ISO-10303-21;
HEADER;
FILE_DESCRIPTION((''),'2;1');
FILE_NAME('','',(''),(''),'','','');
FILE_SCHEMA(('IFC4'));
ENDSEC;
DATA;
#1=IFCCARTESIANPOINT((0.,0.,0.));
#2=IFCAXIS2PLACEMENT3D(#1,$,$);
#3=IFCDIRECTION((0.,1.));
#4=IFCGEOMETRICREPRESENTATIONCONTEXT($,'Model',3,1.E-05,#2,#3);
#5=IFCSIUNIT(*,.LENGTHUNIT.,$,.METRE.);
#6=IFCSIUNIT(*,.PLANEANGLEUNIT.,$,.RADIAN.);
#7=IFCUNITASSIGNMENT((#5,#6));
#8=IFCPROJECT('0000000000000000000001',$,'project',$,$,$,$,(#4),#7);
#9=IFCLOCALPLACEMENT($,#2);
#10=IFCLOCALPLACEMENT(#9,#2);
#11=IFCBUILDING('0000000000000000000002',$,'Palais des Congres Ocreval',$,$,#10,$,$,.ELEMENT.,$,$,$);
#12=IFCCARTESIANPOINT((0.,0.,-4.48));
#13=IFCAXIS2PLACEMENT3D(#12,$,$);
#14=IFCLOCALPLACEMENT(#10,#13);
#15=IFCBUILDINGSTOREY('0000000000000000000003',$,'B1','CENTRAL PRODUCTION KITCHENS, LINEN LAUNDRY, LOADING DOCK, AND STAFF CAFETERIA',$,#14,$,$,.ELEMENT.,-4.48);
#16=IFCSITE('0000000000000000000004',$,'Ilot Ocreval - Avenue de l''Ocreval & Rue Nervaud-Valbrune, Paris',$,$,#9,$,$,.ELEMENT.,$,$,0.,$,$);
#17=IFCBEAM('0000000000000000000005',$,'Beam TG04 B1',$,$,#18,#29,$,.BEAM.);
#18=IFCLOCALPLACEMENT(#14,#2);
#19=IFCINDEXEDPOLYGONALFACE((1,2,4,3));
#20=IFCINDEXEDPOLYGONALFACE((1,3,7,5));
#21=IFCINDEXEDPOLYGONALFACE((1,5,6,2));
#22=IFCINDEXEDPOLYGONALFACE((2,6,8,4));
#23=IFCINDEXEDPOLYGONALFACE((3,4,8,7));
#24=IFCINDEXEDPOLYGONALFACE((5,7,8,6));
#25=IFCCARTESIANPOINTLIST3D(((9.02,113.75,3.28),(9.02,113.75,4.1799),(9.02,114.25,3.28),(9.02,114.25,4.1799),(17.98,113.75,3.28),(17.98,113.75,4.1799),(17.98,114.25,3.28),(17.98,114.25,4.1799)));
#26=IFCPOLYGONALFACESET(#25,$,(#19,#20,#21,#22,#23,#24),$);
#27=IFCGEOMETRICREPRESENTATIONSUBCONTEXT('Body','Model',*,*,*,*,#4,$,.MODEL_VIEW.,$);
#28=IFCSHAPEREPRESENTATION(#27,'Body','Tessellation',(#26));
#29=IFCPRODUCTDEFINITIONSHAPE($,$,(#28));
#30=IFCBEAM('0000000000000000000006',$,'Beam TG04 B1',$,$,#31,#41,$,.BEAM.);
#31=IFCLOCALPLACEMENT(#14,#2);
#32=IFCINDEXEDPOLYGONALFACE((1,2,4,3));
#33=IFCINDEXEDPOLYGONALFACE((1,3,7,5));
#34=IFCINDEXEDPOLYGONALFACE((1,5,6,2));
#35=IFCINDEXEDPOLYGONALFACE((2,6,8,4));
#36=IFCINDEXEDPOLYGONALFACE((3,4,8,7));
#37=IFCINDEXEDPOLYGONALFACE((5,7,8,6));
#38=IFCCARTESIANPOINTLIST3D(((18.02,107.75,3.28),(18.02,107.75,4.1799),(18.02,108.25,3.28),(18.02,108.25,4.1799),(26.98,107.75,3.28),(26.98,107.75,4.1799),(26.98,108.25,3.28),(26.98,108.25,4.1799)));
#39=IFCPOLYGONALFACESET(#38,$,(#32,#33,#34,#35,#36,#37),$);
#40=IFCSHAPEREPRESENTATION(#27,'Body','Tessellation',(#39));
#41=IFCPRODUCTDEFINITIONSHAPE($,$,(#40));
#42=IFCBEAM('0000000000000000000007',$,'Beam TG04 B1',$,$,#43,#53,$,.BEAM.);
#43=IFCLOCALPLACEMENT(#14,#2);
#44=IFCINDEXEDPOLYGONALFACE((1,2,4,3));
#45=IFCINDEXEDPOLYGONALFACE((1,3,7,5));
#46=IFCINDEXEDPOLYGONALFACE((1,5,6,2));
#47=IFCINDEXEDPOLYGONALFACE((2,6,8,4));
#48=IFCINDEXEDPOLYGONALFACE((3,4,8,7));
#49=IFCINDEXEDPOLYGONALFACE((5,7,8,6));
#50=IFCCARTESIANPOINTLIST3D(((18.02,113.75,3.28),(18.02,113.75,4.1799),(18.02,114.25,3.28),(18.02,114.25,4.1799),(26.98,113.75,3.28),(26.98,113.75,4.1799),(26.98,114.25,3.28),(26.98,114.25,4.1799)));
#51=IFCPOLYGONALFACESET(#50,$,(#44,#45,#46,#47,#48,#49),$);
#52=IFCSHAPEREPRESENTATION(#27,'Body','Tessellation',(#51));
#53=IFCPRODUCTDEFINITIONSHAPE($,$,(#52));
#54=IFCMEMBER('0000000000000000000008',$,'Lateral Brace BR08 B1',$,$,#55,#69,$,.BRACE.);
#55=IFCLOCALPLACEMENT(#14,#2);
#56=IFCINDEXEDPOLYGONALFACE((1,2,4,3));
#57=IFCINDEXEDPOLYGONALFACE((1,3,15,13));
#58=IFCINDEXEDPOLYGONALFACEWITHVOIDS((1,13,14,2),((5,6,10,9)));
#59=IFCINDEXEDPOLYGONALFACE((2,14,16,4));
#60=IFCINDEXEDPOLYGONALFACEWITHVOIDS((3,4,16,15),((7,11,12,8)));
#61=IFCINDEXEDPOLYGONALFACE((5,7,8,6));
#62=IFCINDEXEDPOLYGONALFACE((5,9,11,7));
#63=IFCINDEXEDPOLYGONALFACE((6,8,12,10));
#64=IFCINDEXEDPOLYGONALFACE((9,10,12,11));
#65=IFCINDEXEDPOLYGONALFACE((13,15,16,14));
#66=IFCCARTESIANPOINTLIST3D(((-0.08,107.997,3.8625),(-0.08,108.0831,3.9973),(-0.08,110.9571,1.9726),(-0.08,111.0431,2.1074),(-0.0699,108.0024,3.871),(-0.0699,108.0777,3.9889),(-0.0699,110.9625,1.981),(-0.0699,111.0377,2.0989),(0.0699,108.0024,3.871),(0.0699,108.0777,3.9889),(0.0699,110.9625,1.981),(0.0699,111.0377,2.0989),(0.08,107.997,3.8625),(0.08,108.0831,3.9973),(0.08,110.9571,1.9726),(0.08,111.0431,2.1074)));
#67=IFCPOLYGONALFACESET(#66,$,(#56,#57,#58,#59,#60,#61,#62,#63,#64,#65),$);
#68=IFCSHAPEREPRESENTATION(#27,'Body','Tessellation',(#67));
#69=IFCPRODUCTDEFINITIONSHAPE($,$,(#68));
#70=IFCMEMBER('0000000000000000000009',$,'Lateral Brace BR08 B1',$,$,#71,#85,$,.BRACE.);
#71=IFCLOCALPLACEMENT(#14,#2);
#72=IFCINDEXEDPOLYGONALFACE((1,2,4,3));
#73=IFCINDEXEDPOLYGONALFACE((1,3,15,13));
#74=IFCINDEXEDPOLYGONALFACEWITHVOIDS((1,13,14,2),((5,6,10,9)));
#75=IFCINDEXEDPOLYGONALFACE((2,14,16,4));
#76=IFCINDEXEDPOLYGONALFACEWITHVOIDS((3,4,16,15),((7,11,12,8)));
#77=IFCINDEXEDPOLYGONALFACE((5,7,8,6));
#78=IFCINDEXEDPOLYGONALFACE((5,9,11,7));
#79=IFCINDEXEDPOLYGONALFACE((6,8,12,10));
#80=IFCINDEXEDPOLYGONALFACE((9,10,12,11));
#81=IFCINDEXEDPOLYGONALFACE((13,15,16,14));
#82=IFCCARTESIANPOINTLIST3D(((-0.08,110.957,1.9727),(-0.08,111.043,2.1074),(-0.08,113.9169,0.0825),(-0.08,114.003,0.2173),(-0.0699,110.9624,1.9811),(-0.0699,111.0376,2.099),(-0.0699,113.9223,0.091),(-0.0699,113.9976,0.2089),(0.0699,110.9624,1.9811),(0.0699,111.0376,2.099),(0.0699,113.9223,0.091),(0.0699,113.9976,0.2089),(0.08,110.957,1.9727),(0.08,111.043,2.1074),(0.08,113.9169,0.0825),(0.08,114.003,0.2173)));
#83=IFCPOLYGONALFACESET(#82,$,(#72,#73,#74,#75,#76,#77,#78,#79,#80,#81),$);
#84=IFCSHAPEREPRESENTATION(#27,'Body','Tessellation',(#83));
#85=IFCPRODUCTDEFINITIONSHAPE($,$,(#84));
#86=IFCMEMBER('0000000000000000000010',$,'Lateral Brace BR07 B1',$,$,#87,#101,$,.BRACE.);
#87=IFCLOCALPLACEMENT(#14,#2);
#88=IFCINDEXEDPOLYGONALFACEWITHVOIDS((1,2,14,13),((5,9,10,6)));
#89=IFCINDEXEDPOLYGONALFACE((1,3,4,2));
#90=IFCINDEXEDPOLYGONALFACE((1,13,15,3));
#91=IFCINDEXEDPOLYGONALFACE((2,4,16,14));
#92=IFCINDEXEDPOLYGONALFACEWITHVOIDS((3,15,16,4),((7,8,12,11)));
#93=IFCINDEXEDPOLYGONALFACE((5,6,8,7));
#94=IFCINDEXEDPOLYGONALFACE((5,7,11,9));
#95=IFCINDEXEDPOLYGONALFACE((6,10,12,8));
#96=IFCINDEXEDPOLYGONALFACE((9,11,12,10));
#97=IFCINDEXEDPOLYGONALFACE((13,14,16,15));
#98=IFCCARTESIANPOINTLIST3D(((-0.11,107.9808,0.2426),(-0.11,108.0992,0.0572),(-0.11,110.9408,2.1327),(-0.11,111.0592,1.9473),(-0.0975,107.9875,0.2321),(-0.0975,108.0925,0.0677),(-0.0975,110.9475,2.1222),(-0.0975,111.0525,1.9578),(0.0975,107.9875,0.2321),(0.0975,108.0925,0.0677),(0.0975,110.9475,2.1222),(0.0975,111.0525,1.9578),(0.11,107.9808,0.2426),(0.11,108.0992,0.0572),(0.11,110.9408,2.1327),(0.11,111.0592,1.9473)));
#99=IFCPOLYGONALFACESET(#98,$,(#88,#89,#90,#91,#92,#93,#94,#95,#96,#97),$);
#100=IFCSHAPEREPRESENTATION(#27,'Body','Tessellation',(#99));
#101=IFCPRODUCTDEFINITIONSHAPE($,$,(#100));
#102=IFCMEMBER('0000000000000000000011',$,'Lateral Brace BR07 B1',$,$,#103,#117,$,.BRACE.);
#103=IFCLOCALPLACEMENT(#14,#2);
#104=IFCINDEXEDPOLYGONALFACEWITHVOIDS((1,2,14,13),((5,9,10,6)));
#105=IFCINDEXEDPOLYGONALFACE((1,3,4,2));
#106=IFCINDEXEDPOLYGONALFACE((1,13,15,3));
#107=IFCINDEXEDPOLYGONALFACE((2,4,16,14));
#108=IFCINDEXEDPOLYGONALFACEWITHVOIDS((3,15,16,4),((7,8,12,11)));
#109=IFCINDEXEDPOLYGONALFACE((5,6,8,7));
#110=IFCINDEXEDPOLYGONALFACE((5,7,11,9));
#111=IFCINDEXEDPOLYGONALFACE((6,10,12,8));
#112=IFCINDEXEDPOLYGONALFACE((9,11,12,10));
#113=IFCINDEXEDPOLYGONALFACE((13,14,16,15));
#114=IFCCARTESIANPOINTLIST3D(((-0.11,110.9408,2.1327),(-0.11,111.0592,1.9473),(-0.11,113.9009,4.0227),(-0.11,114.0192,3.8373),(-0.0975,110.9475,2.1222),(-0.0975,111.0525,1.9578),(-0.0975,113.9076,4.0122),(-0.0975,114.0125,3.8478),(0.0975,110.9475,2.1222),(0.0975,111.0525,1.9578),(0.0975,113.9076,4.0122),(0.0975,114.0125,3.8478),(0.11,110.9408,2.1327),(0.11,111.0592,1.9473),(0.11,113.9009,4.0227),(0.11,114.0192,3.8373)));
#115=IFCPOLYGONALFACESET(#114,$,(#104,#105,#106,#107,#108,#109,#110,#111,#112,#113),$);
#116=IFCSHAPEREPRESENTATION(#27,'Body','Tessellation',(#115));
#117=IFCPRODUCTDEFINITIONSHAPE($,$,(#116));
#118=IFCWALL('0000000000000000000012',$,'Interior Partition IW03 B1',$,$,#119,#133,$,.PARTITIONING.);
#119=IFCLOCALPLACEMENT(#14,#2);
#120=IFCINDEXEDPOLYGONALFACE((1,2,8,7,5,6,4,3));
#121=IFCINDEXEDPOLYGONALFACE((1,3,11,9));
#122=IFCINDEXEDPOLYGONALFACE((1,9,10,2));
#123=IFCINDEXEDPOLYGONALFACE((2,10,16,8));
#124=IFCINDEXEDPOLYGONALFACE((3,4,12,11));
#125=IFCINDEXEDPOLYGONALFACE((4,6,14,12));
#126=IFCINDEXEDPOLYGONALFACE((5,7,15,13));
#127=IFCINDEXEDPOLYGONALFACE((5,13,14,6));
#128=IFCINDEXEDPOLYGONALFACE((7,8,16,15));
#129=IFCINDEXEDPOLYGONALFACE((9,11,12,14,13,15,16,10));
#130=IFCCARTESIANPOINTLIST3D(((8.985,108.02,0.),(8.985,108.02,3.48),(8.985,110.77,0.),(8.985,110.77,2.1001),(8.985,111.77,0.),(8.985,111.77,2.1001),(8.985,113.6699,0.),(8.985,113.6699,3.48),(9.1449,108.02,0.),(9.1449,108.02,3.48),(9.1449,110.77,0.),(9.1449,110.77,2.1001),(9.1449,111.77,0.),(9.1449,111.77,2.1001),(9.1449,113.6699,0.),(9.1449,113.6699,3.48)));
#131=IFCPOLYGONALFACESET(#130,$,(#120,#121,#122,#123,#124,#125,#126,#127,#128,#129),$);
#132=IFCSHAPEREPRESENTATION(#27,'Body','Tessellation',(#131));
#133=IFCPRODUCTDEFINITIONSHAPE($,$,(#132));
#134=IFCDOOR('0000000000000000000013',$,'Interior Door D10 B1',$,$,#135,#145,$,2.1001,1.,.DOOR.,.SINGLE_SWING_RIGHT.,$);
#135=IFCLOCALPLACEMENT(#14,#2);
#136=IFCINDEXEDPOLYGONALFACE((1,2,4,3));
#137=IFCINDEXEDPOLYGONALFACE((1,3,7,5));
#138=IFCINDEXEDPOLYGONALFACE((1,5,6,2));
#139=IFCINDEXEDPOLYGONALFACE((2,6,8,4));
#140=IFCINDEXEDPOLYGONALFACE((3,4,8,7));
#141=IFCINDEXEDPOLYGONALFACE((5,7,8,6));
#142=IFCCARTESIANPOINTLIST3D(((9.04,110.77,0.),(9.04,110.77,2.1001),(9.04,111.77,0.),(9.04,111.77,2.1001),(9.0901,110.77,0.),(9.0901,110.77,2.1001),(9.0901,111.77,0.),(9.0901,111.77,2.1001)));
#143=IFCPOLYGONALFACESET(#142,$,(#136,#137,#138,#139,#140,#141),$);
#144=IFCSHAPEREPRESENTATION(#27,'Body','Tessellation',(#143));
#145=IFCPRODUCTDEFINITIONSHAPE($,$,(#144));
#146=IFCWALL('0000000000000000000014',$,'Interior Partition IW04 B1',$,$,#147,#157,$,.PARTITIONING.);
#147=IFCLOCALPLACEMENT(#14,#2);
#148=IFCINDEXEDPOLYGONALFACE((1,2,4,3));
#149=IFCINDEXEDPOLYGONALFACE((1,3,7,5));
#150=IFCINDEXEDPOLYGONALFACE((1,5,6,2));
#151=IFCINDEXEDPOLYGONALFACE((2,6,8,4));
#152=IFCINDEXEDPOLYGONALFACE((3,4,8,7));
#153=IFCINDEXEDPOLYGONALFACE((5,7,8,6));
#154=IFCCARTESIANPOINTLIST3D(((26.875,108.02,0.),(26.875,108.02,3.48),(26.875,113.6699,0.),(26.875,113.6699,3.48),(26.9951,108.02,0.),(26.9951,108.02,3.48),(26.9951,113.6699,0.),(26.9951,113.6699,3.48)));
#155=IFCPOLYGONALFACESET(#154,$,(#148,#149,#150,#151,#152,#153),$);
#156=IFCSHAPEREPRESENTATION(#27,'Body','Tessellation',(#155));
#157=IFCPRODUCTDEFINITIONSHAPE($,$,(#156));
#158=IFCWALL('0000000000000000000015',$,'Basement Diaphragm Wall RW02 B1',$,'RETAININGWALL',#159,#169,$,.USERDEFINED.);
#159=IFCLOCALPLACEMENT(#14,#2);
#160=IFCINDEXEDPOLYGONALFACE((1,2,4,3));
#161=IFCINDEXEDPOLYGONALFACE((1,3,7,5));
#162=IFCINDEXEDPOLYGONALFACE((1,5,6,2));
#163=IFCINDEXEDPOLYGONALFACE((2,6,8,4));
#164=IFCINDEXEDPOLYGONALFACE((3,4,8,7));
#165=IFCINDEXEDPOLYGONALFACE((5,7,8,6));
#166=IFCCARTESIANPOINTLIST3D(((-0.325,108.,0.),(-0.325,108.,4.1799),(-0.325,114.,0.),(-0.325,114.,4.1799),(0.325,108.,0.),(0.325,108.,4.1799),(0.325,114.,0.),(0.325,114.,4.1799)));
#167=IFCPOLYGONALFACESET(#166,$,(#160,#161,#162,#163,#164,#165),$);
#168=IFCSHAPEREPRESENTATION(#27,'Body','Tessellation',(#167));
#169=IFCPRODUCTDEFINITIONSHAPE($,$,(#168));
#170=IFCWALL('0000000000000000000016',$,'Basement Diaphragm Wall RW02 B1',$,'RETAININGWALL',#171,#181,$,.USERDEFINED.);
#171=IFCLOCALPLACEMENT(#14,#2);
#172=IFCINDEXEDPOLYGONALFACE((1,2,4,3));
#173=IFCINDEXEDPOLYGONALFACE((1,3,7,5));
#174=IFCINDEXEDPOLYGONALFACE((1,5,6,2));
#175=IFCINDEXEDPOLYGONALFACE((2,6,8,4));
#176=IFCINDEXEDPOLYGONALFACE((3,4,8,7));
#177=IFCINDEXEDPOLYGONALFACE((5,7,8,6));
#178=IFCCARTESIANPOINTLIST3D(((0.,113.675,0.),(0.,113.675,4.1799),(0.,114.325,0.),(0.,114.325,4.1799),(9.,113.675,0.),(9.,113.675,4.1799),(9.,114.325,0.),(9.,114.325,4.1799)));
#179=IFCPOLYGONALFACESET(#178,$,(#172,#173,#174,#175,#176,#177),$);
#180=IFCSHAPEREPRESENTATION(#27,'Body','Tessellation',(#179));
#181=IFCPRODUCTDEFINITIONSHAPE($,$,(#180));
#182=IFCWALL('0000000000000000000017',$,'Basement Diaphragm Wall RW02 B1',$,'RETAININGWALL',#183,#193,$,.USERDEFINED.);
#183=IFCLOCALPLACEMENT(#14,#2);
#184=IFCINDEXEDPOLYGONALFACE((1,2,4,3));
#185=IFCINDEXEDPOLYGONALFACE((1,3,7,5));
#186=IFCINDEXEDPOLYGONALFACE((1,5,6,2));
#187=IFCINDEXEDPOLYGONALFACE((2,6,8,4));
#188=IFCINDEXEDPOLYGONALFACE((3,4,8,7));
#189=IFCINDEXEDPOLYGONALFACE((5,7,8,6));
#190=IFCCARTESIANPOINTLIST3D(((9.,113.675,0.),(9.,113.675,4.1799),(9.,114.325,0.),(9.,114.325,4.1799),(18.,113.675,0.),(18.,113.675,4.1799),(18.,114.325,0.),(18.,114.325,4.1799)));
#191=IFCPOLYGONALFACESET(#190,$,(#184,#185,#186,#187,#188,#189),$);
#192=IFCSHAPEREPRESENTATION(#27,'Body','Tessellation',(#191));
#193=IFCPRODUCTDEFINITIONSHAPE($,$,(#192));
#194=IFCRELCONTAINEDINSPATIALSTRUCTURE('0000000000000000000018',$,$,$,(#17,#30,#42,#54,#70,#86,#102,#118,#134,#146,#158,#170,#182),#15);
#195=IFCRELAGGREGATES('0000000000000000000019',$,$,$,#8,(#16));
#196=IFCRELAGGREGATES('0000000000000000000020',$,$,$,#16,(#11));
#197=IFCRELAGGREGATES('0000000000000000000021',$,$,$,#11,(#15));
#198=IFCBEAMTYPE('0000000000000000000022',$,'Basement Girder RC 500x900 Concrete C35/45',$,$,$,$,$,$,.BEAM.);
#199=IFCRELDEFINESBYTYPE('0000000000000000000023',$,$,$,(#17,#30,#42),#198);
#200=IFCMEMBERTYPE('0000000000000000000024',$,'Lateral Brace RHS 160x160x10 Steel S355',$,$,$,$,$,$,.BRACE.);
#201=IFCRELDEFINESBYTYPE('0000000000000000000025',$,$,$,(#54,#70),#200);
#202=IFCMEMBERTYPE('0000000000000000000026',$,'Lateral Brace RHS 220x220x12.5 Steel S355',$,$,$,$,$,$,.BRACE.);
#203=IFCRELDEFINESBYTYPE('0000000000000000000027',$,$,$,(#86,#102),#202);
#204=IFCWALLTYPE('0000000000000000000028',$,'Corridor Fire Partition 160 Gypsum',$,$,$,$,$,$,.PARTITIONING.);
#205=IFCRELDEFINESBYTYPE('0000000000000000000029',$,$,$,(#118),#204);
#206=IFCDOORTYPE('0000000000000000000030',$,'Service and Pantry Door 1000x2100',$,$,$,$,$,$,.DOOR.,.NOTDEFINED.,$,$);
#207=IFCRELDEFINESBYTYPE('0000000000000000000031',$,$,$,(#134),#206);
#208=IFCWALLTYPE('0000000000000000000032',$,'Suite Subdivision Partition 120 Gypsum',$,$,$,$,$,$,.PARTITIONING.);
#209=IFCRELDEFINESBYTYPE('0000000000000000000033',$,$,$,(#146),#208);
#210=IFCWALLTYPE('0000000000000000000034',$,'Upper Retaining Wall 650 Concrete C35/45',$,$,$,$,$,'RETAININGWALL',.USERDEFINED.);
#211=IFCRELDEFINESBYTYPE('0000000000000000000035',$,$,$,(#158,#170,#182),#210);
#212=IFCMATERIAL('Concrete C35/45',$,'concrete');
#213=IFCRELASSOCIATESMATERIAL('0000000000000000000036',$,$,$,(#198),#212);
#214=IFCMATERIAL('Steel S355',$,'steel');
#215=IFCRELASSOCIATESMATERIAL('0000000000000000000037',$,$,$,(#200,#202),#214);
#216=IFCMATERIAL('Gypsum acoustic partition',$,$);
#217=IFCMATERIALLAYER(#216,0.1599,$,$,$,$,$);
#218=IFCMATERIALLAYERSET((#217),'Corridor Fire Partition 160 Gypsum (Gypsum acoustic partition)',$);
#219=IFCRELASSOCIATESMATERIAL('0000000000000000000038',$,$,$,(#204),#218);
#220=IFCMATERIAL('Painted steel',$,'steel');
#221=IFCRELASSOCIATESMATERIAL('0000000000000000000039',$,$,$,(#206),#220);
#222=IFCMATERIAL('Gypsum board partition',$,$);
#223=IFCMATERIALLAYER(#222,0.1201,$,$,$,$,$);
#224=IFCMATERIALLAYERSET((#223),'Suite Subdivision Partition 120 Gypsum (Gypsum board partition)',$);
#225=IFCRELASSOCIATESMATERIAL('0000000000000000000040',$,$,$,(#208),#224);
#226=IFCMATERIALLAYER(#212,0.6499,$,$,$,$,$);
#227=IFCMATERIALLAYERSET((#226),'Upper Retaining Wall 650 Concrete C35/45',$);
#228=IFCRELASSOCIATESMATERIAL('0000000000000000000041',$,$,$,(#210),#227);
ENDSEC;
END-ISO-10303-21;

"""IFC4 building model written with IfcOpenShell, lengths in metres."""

from ifc_helpers import new_model, si_unit, direction, frame, frame_2d, origin, origin_2d, place, context, subcontext, project, spatial, rectangle, hollow_rectangle, extrude, material, layer, layer_set, material_profile, profile_set, type_object, element, fill, save


model = new_model("IFC4")

# Units and contexts
model_context = context("Model", 3, precision=1e-05, world=origin(), true_north=direction((0.0, 1.0)))
body_context = subcontext(model_context, "Body", "Model", "MODEL_VIEW")
ifc_project = project(units=[si_unit("LENGTHUNIT", "METRE"), si_unit("PLANEANGLEUNIT", "RADIAN")], contexts=[model_context])

# Site, building, storey
site_placement = place(None, origin())
site = spatial("IfcSite", under=ifc_project, at=site_placement, Name="Ilot Ocreval - Avenue de l'Ocreval & Rue Nervaud-Valbrune, Paris", CompositionType="ELEMENT", RefElevation=0.0)
building_placement = place(site_placement, origin())
building = spatial("IfcBuilding", under=site, at=building_placement, Name="Palais des Congres Ocreval", CompositionType="ELEMENT")
storey_placement = place(building_placement, frame((0.0, 0.0, -4.48)))
storey = spatial("IfcBuildingStorey", under=building, at=storey_placement, Name="B1", Description="CENTRAL PRODUCTION KITCHENS, LINEN LAUNDRY, LOADING DOCK, AND STAFF CAFETERIA", CompositionType="ELEMENT", Elevation=-4.48)

# Shared definitions
ifc_material_1 = material(Name="Steel S355", Category="steel")

# Beams
ifc_material_2 = material(Name="Concrete C35/45", Category="concrete")
ifc_material_profile_1 = material_profile(ifc_material_2, rectangle(XDim=0.5, YDim=0.8999, at=origin_2d()), Name="RC 500x900")
ifc_profile_set_1 = profile_set([ifc_material_profile_1], Name="Concrete C35/45")
beam_type_1 = type_object("IfcBeamType", Name="Basement Girder RC 500x900 Concrete C35/45", PredefinedType="BEAM", material=ifc_profile_set_1)
for number, where, z_axis, x_axis, name in (
    (1, (9.02, 114.0, 3.73), (1.0, 0.0, 0.0), (0.0, 1.0, 0.0), "Beam TG04 B1"),
    (2, (18.02, 108.0, 3.73), (1.0, 0.0, 0.0), (0.0, 1.0, 0.0), "Beam TG04 B1"),
    (3, (18.02, 114.0, 3.73), (1.0, 0.0, 0.0), (0.0, 1.0, 0.0), "Beam TG04 B1"),
):
    element("IfcBeam", number, at=place(storey_placement, frame(where, z_axis=z_axis, x_axis=x_axis)), inside=storey, type_object=beam_type_1, Name=name, PredefinedType="BEAM", context=body_context, shape_type="SweptSolid", body=[
        extrude(rectangle(XDim=0.5, YDim=0.8999, at=origin_2d()), origin(), (0.0, 0.0, 1.0), 8.96),
    ])

# Members
ifc_material_profile_2 = material_profile(ifc_material_1, hollow_rectangle(XDim=0.1599, YDim=0.1599, WallThickness=0.01, at=origin_2d()), Name="RHS 160x160x10")
ifc_profile_set_2 = profile_set([ifc_material_profile_2], Name="Steel S355")
member_type_1 = type_object("IfcMemberType", Name="Lateral Brace RHS 160x160x10 Steel S355", PredefinedType="BRACE", material=ifc_profile_set_2)
for number, where, z_axis, x_axis, name in (
    (4, (0.0, 108.04, 3.9299), (0.0, 0.84285, -0.538148), (-1.0, 0.0, 0.0), "Lateral Brace BR08 B1"),
    (5, (0.0, 111.0, 2.04), (0.0, 0.842819, -0.538197), (-1.0, 0.0, 0.0), "Lateral Brace BR08 B1"),
):
    element("IfcMember", number, at=place(storey_placement, frame(where, z_axis=z_axis, x_axis=x_axis)), inside=storey, type_object=member_type_1, Name=name, PredefinedType="BRACE", context=body_context, shape_type="SweptSolid", body=[
        extrude(hollow_rectangle(XDim=0.1599, YDim=0.1599, WallThickness=0.01, at=origin_2d()), origin(), (0.0, 0.0, 1.0), 3.512),
    ])
ifc_material_profile_3 = material_profile(ifc_material_1, hollow_rectangle(XDim=0.22, YDim=0.22, WallThickness=0.0125, at=origin_2d()), Name="RHS 220x220x12.5")
ifc_profile_set_3 = profile_set([ifc_material_profile_3], Name="Steel S355")
member_type_2 = type_object("IfcMemberType", Name="Lateral Brace RHS 220x220x12.5 Steel S355", PredefinedType="BRACE", material=ifc_profile_set_3)
for number, where, z_axis, x_axis, name in (
    (6, (0.0, 108.04, 0.1499), (0.0, 0.842819, 0.538197), (-1.0, 0.0, 0.0), "Lateral Brace BR07 B1"),
    (7, (0.0, 111.0, 2.04), (0.0, 0.84285, 0.538148), (-1.0, 0.0, 0.0), "Lateral Brace BR07 B1"),
):
    element("IfcMember", number, at=place(storey_placement, frame(where, z_axis=z_axis, x_axis=x_axis)), inside=storey, type_object=member_type_2, Name=name, PredefinedType="BRACE", context=body_context, shape_type="SweptSolid", body=[
        extrude(hollow_rectangle(XDim=0.22, YDim=0.22, WallThickness=0.0125, at=origin_2d()), origin(), (0.0, 0.0, 1.0), 3.512),
    ])

# Wall, opening, door
ifc_material_3 = material(Name="Gypsum acoustic partition")
ifc_layer_1 = layer(ifc_material_3, 0.1599)
ifc_layer_set_1 = layer_set([ifc_layer_1], Name="Corridor Fire Partition 160 Gypsum (Gypsum acoustic partition)")
wall_type_1 = type_object("IfcWallType", Name="Corridor Fire Partition 160 Gypsum", PredefinedType="PARTITIONING", material=ifc_layer_set_1)
wall_1_placement = place(storey_placement, frame((9.0649, 108.02, 0.0), z_axis=(0.0, 0.0, 1.0), x_axis=(0.0, 1.0, 0.0)))
wall_1 = element("IfcWall", 8, at=wall_1_placement, inside=storey, type_object=wall_type_1, Name="Interior Partition IW03 B1", PredefinedType="PARTITIONING", context=body_context, shape_type="SweptSolid", body=[
    extrude(rectangle(XDim=5.6499, YDim=0.1599, at=frame_2d((2.825, 0.0))), origin(), (0.0, 0.0, 1.0), 3.48),
])
opening_placement = place(wall_1_placement, frame((2.75, 0.0, 0.0)))
opening = element("IfcOpeningElement", 9, at=opening_placement, cuts=wall_1, PredefinedType="OPENING", context=body_context, shape_type="SweptSolid", body=[
    extrude(rectangle(XDim=1.0, YDim=2.1001, at=frame_2d((0.5, 1.05))), frame((0.0, 0.0898, 0.0), z_axis=(0.0, -1.0, 0.0), x_axis=(1.0, 0.0, 0.0)), (0.0, 0.0, 1.0), 0.1799),
])
ifc_material_4 = material(Name="Painted steel", Category="steel")
door_type = type_object("IfcDoorType", Name="Service and Pantry Door 1000x2100", OperationType="NOTDEFINED", PredefinedType="DOOR", material=ifc_material_4)
door_placement = place(opening_placement, origin())
door = element("IfcDoor", 10, at=door_placement, inside=storey, type_object=door_type, Name="Interior Door D10 B1", OperationType="SINGLE_SWING_RIGHT", OverallHeight=2.1001, OverallWidth=1.0, PredefinedType="DOOR", context=body_context, shape_type="SweptSolid", body=[
    extrude(rectangle(XDim=1.0, YDim=2.1001, at=frame_2d((0.5, 1.05))), frame((0.0, 0.0249, 0.0), z_axis=(0.0, -1.0, 0.0), x_axis=(1.0, 0.0, 0.0)), (0.0, 0.0, 1.0), 0.05),
])
fill(opening, door)

# Walls
ifc_material_5 = material(Name="Gypsum board partition")
ifc_layer_2 = layer(ifc_material_5, 0.1201)
ifc_layer_set_2 = layer_set([ifc_layer_2], Name="Suite Subdivision Partition 120 Gypsum (Gypsum board partition)")
wall_type_2 = type_object("IfcWallType", Name="Suite Subdivision Partition 120 Gypsum", PredefinedType="PARTITIONING", material=ifc_layer_set_2)
wall_2_placement = place(storey_placement, frame((26.9351, 108.02, 0.0), z_axis=(0.0, 0.0, 1.0), x_axis=(0.0, 1.0, 0.0)))
element("IfcWall", 11, at=wall_2_placement, inside=storey, type_object=wall_type_2, Name="Interior Partition IW04 B1", PredefinedType="PARTITIONING", context=body_context, shape_type="SweptSolid", body=[
    extrude(rectangle(XDim=5.6499, YDim=0.1201, at=frame_2d((2.825, 0.0))), origin(), (0.0, 0.0, 1.0), 3.48),
])
ifc_layer_3 = layer(ifc_material_2, 0.6499)
ifc_layer_set_3 = layer_set([ifc_layer_3], Name="Upper Retaining Wall 650 Concrete C35/45")
wall_type_3 = type_object("IfcWallType", Name="Upper Retaining Wall 650 Concrete C35/45", ElementType="RETAININGWALL", PredefinedType="USERDEFINED", material=ifc_layer_set_3)
wall_3_placement = place(storey_placement, frame((0.0, 108.0, 0.0), z_axis=(0.0, 0.0, 1.0), x_axis=(0.0, 1.0, 0.0)))
element("IfcWall", 12, at=wall_3_placement, inside=storey, type_object=wall_type_3, Name="Basement Diaphragm Wall RW02 B1", ObjectType="RETAININGWALL", PredefinedType="USERDEFINED", context=body_context, shape_type="SweptSolid", body=[
    extrude(rectangle(XDim=6.0, YDim=0.6499, at=frame_2d((3.0, 0.0))), origin(), (0.0, 0.0, 1.0), 4.1799),
])
for number, where, z_axis, x_axis, name in (
    (13, (0.0, 114.0, 0.0), (0.0, 0.0, 1.0), (1.0, 0.0, 0.0), "Basement Diaphragm Wall RW02 B1"),
    (14, (9.0, 114.0, 0.0), (0.0, 0.0, 1.0), (1.0, 0.0, 0.0), "Basement Diaphragm Wall RW02 B1"),
):
    element("IfcWall", number, at=place(storey_placement, frame(where, z_axis=z_axis, x_axis=x_axis)), inside=storey, type_object=wall_type_3, Name=name, ObjectType="RETAININGWALL", PredefinedType="USERDEFINED", context=body_context, shape_type="SweptSolid", body=[
        extrude(rectangle(XDim=9.0, YDim=0.6499, at=frame_2d((4.5, 0.0))), origin(), (0.0, 0.0, 1.0), 4.1799),
    ])

save(model, "model.ifc")
